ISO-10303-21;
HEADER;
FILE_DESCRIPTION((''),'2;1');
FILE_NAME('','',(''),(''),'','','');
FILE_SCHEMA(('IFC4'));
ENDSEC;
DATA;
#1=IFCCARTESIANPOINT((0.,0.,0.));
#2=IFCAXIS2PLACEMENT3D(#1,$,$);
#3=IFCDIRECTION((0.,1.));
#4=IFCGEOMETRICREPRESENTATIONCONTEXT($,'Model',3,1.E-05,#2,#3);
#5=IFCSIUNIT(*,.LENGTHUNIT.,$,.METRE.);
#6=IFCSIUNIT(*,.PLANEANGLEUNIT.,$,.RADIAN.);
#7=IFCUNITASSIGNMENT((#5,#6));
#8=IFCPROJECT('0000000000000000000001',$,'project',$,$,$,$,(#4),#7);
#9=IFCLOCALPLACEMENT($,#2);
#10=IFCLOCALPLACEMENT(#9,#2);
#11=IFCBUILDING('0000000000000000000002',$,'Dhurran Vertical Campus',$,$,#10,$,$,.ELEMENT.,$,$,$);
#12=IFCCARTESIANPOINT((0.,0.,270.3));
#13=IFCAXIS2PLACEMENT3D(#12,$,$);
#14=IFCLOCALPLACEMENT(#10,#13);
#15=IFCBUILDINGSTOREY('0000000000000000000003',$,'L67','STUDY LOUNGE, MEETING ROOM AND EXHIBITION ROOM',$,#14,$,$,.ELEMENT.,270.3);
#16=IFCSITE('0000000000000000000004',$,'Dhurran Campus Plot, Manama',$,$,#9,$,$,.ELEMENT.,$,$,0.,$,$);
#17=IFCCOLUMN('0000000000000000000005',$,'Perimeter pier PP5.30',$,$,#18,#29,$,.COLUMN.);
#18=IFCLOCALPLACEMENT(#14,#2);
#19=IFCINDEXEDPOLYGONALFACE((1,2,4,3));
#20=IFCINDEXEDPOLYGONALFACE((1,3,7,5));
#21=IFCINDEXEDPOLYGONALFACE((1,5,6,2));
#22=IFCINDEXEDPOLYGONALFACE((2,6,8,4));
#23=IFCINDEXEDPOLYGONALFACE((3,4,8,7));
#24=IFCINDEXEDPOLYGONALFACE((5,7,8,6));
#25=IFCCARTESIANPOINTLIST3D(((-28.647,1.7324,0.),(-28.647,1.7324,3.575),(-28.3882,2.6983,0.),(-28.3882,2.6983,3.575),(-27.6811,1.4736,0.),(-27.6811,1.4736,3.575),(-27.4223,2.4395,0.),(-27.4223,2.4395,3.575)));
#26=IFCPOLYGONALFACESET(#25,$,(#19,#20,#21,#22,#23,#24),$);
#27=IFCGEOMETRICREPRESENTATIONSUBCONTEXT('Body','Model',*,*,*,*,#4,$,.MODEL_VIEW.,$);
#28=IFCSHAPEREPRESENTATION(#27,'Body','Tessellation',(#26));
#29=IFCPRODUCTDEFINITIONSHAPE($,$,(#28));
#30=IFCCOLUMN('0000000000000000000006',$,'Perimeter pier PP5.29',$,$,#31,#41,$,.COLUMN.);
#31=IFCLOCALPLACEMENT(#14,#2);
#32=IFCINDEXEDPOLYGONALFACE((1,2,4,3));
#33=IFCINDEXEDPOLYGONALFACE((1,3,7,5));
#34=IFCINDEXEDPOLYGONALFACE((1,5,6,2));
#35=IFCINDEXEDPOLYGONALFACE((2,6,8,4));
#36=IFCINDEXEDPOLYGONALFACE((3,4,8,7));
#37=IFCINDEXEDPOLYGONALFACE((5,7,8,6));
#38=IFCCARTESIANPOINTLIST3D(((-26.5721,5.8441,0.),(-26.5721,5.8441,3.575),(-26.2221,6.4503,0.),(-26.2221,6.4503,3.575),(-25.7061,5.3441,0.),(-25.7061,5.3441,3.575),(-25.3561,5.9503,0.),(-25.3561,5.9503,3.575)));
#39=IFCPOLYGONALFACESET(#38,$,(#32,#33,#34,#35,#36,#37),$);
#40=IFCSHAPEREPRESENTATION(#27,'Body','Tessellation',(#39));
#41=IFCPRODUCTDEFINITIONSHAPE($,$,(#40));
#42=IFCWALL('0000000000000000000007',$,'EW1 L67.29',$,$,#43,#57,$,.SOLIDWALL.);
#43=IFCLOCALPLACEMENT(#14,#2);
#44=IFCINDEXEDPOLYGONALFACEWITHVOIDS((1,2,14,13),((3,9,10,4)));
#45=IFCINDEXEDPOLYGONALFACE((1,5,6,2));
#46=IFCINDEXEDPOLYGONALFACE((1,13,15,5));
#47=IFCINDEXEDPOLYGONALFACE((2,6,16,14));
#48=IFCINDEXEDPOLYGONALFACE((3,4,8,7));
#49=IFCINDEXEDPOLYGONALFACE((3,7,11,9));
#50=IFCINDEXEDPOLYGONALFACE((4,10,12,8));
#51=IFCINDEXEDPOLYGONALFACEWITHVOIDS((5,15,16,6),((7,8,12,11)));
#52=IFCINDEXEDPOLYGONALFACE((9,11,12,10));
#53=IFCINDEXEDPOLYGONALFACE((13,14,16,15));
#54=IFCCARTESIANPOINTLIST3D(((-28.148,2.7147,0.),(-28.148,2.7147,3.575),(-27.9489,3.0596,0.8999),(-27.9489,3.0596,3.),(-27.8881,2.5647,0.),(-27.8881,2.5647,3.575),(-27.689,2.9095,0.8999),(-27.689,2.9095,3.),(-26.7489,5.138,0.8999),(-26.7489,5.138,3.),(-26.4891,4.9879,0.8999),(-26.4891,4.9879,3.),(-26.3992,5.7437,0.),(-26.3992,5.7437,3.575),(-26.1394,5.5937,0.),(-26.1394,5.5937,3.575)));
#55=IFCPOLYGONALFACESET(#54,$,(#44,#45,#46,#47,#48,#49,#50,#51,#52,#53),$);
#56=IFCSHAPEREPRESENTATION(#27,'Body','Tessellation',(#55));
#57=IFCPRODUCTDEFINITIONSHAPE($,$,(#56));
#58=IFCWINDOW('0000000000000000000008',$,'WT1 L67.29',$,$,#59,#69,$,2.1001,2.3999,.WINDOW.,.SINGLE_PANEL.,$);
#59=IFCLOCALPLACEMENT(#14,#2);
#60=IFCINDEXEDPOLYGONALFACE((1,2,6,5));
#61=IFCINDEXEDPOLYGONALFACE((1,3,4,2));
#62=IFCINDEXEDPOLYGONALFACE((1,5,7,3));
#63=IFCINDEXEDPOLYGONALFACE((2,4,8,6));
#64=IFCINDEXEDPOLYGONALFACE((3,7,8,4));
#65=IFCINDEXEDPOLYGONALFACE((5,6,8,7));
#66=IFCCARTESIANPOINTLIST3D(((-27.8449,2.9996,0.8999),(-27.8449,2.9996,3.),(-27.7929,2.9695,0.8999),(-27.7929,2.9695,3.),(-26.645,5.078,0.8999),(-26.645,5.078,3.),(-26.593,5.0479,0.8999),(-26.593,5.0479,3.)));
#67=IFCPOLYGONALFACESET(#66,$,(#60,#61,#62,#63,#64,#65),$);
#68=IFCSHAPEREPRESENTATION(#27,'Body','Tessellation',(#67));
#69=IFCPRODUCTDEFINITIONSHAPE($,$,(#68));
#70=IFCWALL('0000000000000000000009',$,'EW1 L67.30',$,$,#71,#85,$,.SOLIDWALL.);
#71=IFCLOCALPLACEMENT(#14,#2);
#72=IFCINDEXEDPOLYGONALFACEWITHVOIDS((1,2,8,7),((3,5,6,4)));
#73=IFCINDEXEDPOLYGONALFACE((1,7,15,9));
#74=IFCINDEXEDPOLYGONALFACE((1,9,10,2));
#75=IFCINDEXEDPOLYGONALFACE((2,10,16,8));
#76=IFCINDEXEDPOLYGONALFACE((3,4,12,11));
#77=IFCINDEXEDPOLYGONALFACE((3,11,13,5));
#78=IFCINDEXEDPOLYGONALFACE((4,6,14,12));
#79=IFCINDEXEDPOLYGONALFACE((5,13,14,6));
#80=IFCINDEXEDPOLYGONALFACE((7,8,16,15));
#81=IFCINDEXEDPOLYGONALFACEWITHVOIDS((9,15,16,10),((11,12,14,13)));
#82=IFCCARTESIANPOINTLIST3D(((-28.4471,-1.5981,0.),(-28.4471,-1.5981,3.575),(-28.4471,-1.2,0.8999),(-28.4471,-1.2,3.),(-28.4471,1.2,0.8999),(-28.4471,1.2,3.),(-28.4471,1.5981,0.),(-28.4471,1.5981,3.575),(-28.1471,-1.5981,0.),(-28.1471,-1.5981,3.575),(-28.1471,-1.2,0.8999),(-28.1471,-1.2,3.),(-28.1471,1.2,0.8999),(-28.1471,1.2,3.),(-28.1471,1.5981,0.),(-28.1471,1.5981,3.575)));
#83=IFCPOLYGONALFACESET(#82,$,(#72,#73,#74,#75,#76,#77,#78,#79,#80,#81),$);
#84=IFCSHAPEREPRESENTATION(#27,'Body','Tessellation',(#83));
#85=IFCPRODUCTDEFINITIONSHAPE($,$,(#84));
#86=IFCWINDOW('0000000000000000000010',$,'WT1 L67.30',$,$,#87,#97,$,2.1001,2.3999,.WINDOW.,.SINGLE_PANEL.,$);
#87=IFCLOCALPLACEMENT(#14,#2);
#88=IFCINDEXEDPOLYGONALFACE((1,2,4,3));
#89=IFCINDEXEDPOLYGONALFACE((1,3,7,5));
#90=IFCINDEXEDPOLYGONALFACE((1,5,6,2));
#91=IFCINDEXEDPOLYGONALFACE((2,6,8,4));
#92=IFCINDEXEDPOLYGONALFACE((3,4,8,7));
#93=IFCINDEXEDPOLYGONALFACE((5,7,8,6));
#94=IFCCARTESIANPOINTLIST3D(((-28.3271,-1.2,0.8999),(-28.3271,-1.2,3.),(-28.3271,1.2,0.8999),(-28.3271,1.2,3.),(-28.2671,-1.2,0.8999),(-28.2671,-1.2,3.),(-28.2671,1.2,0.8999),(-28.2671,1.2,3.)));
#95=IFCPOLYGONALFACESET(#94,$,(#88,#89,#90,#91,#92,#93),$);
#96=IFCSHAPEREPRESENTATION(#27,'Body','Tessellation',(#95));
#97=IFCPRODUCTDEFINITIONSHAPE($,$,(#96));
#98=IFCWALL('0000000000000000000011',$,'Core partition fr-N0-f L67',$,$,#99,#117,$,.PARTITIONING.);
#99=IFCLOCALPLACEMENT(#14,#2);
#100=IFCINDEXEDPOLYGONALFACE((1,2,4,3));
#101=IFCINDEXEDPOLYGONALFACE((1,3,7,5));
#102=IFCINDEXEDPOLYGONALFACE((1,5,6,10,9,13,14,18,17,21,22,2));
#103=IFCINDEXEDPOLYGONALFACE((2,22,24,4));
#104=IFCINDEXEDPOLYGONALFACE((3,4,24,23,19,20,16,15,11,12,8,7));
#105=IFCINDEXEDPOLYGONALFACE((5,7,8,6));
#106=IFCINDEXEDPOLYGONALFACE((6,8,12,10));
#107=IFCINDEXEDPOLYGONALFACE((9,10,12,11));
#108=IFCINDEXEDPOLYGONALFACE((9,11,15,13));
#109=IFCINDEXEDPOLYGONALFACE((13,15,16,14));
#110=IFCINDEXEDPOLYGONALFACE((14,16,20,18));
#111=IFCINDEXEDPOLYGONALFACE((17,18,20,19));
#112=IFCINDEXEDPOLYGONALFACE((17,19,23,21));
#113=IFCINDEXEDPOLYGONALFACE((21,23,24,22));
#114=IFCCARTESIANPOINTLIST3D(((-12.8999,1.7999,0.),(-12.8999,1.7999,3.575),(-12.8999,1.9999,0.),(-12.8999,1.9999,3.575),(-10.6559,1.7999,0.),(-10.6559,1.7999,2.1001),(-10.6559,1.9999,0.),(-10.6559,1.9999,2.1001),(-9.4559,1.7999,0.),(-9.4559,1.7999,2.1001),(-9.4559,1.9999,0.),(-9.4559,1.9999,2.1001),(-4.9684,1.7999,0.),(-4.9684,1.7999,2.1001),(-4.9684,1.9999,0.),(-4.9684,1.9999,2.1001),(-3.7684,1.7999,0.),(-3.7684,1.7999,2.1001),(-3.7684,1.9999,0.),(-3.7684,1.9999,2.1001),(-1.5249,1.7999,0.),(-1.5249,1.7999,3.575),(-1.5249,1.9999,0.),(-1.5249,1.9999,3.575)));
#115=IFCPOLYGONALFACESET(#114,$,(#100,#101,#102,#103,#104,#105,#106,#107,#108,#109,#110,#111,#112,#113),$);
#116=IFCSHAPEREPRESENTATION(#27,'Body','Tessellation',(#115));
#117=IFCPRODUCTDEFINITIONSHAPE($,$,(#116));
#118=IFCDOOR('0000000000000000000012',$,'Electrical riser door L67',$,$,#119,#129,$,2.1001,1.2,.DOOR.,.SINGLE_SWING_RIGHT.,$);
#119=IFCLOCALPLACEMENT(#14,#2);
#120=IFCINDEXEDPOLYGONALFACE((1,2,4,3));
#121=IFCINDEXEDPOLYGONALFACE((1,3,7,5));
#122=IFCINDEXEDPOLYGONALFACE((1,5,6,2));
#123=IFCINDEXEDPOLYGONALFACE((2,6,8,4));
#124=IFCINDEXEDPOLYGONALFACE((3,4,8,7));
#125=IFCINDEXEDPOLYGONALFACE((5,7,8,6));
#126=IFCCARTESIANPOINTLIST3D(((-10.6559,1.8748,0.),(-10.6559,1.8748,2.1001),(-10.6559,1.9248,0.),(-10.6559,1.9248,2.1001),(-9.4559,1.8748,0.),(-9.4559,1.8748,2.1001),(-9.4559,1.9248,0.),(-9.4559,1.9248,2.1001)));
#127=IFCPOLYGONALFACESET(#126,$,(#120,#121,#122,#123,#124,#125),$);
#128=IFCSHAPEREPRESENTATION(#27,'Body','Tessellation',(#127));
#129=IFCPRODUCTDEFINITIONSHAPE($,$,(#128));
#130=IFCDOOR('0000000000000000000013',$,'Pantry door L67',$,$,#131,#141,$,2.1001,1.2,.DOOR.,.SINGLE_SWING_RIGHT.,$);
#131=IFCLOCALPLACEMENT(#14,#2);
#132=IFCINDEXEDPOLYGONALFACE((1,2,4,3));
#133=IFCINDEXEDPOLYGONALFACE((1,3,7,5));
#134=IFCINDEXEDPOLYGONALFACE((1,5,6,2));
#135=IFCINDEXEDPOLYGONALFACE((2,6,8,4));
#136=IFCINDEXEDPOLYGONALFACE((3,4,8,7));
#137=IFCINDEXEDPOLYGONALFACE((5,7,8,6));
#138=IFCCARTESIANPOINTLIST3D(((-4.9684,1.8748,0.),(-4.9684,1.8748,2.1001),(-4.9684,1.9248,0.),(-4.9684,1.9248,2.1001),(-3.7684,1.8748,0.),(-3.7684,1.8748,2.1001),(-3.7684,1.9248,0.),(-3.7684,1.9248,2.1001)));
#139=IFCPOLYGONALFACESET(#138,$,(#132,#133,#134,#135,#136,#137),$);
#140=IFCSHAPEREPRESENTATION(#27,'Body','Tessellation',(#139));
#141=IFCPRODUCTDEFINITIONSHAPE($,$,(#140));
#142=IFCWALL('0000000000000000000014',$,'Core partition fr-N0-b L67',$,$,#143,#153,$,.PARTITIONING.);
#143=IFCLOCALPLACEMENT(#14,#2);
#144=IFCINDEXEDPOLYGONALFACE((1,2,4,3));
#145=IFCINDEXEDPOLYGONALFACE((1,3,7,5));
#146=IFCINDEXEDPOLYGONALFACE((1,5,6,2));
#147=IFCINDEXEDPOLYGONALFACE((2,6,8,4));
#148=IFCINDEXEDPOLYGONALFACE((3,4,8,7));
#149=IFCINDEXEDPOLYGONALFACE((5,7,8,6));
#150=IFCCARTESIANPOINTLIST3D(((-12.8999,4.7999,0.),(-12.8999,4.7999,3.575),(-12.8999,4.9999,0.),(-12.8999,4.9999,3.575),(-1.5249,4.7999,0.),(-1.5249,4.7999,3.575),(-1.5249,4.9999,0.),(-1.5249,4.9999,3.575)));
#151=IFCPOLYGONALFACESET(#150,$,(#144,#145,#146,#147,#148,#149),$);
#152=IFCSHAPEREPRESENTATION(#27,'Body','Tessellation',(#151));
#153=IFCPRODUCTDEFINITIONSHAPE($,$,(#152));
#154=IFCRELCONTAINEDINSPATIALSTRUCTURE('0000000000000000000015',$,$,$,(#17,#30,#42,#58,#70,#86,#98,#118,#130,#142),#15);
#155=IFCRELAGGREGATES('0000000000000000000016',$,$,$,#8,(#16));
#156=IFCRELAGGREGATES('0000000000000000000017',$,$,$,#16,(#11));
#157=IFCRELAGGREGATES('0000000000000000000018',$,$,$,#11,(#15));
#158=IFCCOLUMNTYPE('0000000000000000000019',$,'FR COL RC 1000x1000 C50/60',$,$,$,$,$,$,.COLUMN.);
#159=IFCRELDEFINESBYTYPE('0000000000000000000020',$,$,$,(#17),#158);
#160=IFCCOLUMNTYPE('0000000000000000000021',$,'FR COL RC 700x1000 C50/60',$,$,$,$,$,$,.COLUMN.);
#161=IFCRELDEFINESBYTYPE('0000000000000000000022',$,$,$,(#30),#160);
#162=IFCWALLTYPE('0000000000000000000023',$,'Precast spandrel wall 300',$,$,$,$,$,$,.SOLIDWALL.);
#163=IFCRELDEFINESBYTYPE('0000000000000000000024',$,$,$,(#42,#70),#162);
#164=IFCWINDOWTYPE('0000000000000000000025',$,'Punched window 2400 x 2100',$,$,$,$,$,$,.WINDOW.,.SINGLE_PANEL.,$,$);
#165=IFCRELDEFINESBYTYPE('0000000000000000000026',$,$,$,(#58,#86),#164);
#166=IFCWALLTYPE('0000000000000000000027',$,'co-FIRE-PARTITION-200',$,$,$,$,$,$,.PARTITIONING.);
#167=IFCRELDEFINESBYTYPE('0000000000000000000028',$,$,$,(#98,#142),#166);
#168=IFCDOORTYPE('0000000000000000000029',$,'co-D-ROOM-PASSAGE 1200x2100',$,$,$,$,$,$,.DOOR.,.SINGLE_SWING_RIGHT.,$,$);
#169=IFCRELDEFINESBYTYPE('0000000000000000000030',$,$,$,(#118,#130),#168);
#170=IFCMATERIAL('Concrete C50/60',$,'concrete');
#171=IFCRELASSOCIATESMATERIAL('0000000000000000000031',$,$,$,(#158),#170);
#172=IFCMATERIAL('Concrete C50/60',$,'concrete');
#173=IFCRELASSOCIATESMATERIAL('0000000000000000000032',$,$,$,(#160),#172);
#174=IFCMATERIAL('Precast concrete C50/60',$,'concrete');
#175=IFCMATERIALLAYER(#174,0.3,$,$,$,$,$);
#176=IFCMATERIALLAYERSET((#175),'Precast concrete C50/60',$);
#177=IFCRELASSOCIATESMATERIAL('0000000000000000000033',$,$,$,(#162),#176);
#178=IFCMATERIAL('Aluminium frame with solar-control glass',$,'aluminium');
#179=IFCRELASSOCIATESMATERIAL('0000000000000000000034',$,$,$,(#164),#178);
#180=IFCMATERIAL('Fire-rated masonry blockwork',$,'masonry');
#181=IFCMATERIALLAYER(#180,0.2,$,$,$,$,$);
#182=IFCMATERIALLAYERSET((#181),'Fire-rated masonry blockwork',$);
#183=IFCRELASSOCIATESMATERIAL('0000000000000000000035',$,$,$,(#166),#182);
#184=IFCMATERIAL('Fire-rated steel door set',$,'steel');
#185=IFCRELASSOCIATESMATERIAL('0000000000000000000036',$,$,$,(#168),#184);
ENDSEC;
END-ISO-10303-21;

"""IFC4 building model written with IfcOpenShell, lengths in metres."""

from ifc_helpers import new_model, si_unit, direction, frame, frame_2d, origin, origin_2d, place, context, subcontext, project, spatial, rectangle, extrude, material, layer, layer_set, material_profile, profile_set, type_object, element, fill, save


model = new_model("IFC4")

# Units and contexts
model_context = context("Model", 3, precision=1e-05, world=origin(), true_north=direction((0.0, 1.0)))
body_context = subcontext(model_context, "Body", "Model", "MODEL_VIEW")
ifc_project = project(units=[si_unit("LENGTHUNIT", "METRE"), si_unit("PLANEANGLEUNIT", "RADIAN")], contexts=[model_context])

# Site, building, storey
site_placement = place(None, origin())
site = spatial("IfcSite", under=ifc_project, at=site_placement, Name="Dhurran Campus Plot, Manama", CompositionType="ELEMENT", RefElevation=0.0)
building_placement = place(site_placement, origin())
building = spatial("IfcBuilding", under=site, at=building_placement, Name="Dhurran Vertical Campus", CompositionType="ELEMENT")
storey_placement = place(building_placement, frame((0.0, 0.0, 270.3)))
storey = spatial("IfcBuildingStorey", under=building, at=storey_placement, Name="L67", Description="STUDY LOUNGE, MEETING ROOM AND EXHIBITION ROOM", CompositionType="ELEMENT", Elevation=270.3)

# Columns
ifc_material_1 = material(Name="Concrete C50/60", Category="concrete")
ifc_material_profile_1 = material_profile(ifc_material_1, rectangle(XDim=1.0, YDim=1.0, at=origin_2d()), Name="RC 1000x1000")
ifc_profile_set_1 = profile_set([ifc_material_profile_1], Name="Concrete C50/60")
column_type_1 = type_object("IfcColumnType", Name="FR COL RC 1000x1000 C50/60", PredefinedType="COLUMN", material=ifc_profile_set_1)
column_1_placement = place(storey_placement, frame((-28.0347, 2.0859, 0.0), z_axis=(0.0, 0.0, 1.0), x_axis=(-0.258819, -0.965926, 0.0)))
element("IfcColumn", 1, at=column_1_placement, inside=storey, type_object=column_type_1, Name="Perimeter pier PP5.30", PredefinedType="COLUMN", context=body_context, shape_type="SweptSolid", body=[
    extrude(rectangle(XDim=1.0, YDim=1.0, at=origin_2d()), origin(), (0.0, 0.0, 1.0), 3.575),
])
ifc_material_2 = material(Name="Concrete C50/60", Category="concrete")
ifc_material_profile_2 = material_profile(ifc_material_2, rectangle(XDim=0.7, YDim=1.0, at=origin_2d()), Name="RC 700x1000")
ifc_profile_set_2 = profile_set([ifc_material_profile_2], Name="Concrete C50/60")
column_type_2 = type_object("IfcColumnType", Name="FR COL RC 700x1000 C50/60", PredefinedType="COLUMN", material=ifc_profile_set_2)
column_2_placement = place(storey_placement, frame((-25.9641, 5.8972, 0.0), z_axis=(0.0, 0.0, 1.0), x_axis=(-0.5, -0.866025, 0.0)))
element("IfcColumn", 2, at=column_2_placement, inside=storey, type_object=column_type_2, Name="Perimeter pier PP5.29", PredefinedType="COLUMN", context=body_context, shape_type="SweptSolid", body=[
    extrude(rectangle(XDim=0.7, YDim=1.0, at=origin_2d()), origin(), (0.0, 0.0, 1.0), 3.575),
])

# Walls, openings, windows
ifc_material_3 = material(Name="Precast concrete C50/60", Category="concrete")
ifc_layer_1 = layer(ifc_material_3, 0.3)
ifc_layer_set_1 = layer_set([ifc_layer_1], Name="Precast concrete C50/60")
wall_type_1 = type_object("IfcWallType", Name="Precast spandrel wall 300", PredefinedType="SOLIDWALL", material=ifc_layer_set_1)
wall_1_placement = place(storey_placement, frame((-26.2693, 5.6687, 0.0), z_axis=(0.0, 0.0, 1.0), x_axis=(-0.49999, -0.866031, 0.0)))
wall_1 = element("IfcWall", 3, at=wall_1_placement, inside=storey, type_object=wall_type_1, Name="EW1 L67.29", PredefinedType="SOLIDWALL", context=body_context, shape_type="SweptSolid", body=[
    extrude(rectangle(XDim=3.4976, YDim=0.3, at=frame_2d((1.7488, 0.0))), origin(), (0.0, 0.0, 1.0), 3.575),
])
opening_1_placement = place(wall_1_placement, frame((0.6995, 0.0, 0.8999)))
opening_1 = element("IfcOpeningElement", 4, at=opening_1_placement, cuts=wall_1, PredefinedType="OPENING", context=body_context, shape_type="SweptSolid", body=[
    extrude(rectangle(XDim=2.3999, YDim=2.1001, at=frame_2d((1.2, 1.05))), frame((0.0, 0.1599, 0.0), z_axis=(0.0, -1.0, 0.0), x_axis=(1.0, 0.0, 0.0)), (0.0, 0.0, 1.0), 0.3201),
])
ifc_material_4 = material(Name="Aluminium frame with solar-control glass", Category="aluminium")
window_type = type_object("IfcWindowType", Name="Punched window 2400 x 2100", PartitioningType="SINGLE_PANEL", PredefinedType="WINDOW", material=ifc_material_4)
window_1_placement = place(opening_1_placement, origin())
window_1 = element("IfcWindow", 5, at=window_1_placement, inside=storey, type_object=window_type, Name="WT1 L67.29", OverallHeight=2.1001, OverallWidth=2.3999, PartitioningType="SINGLE_PANEL", PredefinedType="WINDOW", context=body_context, shape_type="SweptSolid", body=[
    extrude(rectangle(XDim=2.3999, YDim=2.1001, at=frame_2d((1.2, 1.05))), frame((0.0, 0.03, 0.0), z_axis=(0.0, -1.0, 0.0), x_axis=(1.0, 0.0, 0.0)), (0.0, 0.0, 1.0), 0.0601),
])
fill(opening_1, window_1)
wall_2_placement = place(storey_placement, frame((-28.2971, 1.5981, 0.0), z_axis=(0.0, 0.0, 1.0), x_axis=(0.0, -1.0, 0.0)))
wall_2 = element("IfcWall", 6, at=wall_2_placement, inside=storey, type_object=wall_type_1, Name="EW1 L67.30", PredefinedType="SOLIDWALL", context=body_context, shape_type="SweptSolid", body=[
    extrude(rectangle(XDim=3.1963, YDim=0.3, at=frame_2d((1.5981, 0.0))), origin(), (0.0, 0.0, 1.0), 3.575),
])
opening_2_placement = place(wall_2_placement, frame((0.3982, 0.0, 0.8999)))
opening_2 = element("IfcOpeningElement", 7, at=opening_2_placement, cuts=wall_2, PredefinedType="OPENING", context=body_context, shape_type="SweptSolid", body=[
    extrude(rectangle(XDim=2.3999, YDim=2.1001, at=frame_2d((1.2, 1.05))), frame((0.0, 0.1599, 0.0), z_axis=(0.0, -1.0, 0.0), x_axis=(1.0, 0.0, 0.0)), (0.0, 0.0, 1.0), 0.3201),
])
window_2_placement = place(opening_2_placement, origin())
window_2 = element("IfcWindow", 8, at=window_2_placement, inside=storey, type_object=window_type, Name="WT1 L67.30", OverallHeight=2.1001, OverallWidth=2.3999, PartitioningType="SINGLE_PANEL", PredefinedType="WINDOW", context=body_context, shape_type="SweptSolid", body=[
    extrude(rectangle(XDim=2.3999, YDim=2.1001, at=frame_2d((1.2, 1.05))), frame((0.0, 0.03, 0.0), z_axis=(0.0, -1.0, 0.0), x_axis=(1.0, 0.0, 0.0)), (0.0, 0.0, 1.0), 0.0601),
])
fill(opening_2, window_2)

# Wall, openings, doors
ifc_material_5 = material(Name="Fire-rated masonry blockwork", Category="masonry")
ifc_layer_2 = layer(ifc_material_5, 0.2)
ifc_layer_set_2 = layer_set([ifc_layer_2], Name="Fire-rated masonry blockwork")
wall_type_2 = type_object("IfcWallType", Name="co-FIRE-PARTITION-200", PredefinedType="PARTITIONING", material=ifc_layer_set_2)
wall_3_placement = place(storey_placement, frame((-12.8999, 1.8999, 0.0), z_axis=(0.0, 0.0, 1.0), x_axis=(1.0, 0.0, 0.0)))
wall_3 = element("IfcWall", 9, at=wall_3_placement, inside=storey, type_object=wall_type_2, Name="Core partition fr-N0-f L67", PredefinedType="PARTITIONING", context=body_context, shape_type="SweptSolid", body=[
    extrude(rectangle(XDim=11.375, YDim=0.2, at=frame_2d((5.6875, 0.0))), origin(), (0.0, 0.0, 1.0), 3.575),
])
opening_3_placement = place(wall_3_placement, frame((2.2439, 0.0, 0.0)))
opening_3 = element("IfcOpeningElement", 10, at=opening_3_placement, cuts=wall_3, PredefinedType="OPENING", context=body_context, shape_type="SweptSolid", body=[
    extrude(rectangle(XDim=1.2, YDim=2.1001, at=frame_2d((0.6001, 1.05))), frame((0.0, 0.1099, 0.0), z_axis=(0.0, -1.0, 0.0), x_axis=(1.0, 0.0, 0.0)), (0.0, 0.0, 1.0), 0.22),
])
opening_4_placement = place(wall_3_placement, frame((7.9314, 0.0, 0.0)))
opening_4 = element("IfcOpeningElement", 11, at=opening_4_placement, cuts=wall_3, PredefinedType="OPENING", context=body_context, shape_type="SweptSolid", body=[
    extrude(rectangle(XDim=1.2, YDim=2.1001, at=frame_2d((0.6001, 1.05))), frame((0.0, 0.1099, 0.0), z_axis=(0.0, -1.0, 0.0), x_axis=(1.0, 0.0, 0.0)), (0.0, 0.0, 1.0), 0.22),
])
ifc_material_6 = material(Name="Fire-rated steel door set", Category="steel")
door_type_1 = type_object("IfcDoorType", Name="co-D-ROOM-PASSAGE 1200x2100", OperationType="SINGLE_SWING_RIGHT", PredefinedType="DOOR", material=ifc_material_6)
door_1_placement = place(opening_3_placement, origin())
door_1 = element("IfcDoor", 12, at=door_1_placement, inside=storey, type_object=door_type_1, Name="Electrical riser door L67", OperationType="SINGLE_SWING_RIGHT", OverallHeight=2.1001, OverallWidth=1.2, PredefinedType="DOOR", context=body_context, shape_type="SweptSolid", body=[
    extrude(rectangle(XDim=1.2, YDim=2.1001, at=frame_2d((0.6001, 1.05))), frame((0.0, 0.0249, 0.0), z_axis=(0.0, -1.0, 0.0), x_axis=(1.0, 0.0, 0.0)), (0.0, 0.0, 1.0), 0.05),
])
fill(opening_3, door_1)
door_2_placement = place(opening_4_placement, origin())
door_2 = element("IfcDoor", 13, at=door_2_placement, inside=storey, type_object=door_type_1, Name="Pantry door L67", OperationType="SINGLE_SWING_RIGHT", OverallHeight=2.1001, OverallWidth=1.2, PredefinedType="DOOR", context=body_context, shape_type="SweptSolid", body=[
    extrude(rectangle(XDim=1.2, YDim=2.1001, at=frame_2d((0.6001, 1.05))), frame((0.0, 0.0249, 0.0), z_axis=(0.0, -1.0, 0.0), x_axis=(1.0, 0.0, 0.0)), (0.0, 0.0, 1.0), 0.05),
])
fill(opening_4, door_2)

# Wall
wall_4_placement = place(storey_placement, frame((-12.8999, 4.8999, 0.0), z_axis=(0.0, 0.0, 1.0), x_axis=(1.0, 0.0, 0.0)))
element("IfcWall", 14, at=wall_4_placement, inside=storey, type_object=wall_type_2, Name="Core partition fr-N0-b L67", PredefinedType="PARTITIONING", context=body_context, shape_type="SweptSolid", body=[
    extrude(rectangle(XDim=11.375, YDim=0.2, at=frame_2d((5.6875, 0.0))), origin(), (0.0, 0.0, 1.0), 3.575),
])

save(model, "model.ifc")
